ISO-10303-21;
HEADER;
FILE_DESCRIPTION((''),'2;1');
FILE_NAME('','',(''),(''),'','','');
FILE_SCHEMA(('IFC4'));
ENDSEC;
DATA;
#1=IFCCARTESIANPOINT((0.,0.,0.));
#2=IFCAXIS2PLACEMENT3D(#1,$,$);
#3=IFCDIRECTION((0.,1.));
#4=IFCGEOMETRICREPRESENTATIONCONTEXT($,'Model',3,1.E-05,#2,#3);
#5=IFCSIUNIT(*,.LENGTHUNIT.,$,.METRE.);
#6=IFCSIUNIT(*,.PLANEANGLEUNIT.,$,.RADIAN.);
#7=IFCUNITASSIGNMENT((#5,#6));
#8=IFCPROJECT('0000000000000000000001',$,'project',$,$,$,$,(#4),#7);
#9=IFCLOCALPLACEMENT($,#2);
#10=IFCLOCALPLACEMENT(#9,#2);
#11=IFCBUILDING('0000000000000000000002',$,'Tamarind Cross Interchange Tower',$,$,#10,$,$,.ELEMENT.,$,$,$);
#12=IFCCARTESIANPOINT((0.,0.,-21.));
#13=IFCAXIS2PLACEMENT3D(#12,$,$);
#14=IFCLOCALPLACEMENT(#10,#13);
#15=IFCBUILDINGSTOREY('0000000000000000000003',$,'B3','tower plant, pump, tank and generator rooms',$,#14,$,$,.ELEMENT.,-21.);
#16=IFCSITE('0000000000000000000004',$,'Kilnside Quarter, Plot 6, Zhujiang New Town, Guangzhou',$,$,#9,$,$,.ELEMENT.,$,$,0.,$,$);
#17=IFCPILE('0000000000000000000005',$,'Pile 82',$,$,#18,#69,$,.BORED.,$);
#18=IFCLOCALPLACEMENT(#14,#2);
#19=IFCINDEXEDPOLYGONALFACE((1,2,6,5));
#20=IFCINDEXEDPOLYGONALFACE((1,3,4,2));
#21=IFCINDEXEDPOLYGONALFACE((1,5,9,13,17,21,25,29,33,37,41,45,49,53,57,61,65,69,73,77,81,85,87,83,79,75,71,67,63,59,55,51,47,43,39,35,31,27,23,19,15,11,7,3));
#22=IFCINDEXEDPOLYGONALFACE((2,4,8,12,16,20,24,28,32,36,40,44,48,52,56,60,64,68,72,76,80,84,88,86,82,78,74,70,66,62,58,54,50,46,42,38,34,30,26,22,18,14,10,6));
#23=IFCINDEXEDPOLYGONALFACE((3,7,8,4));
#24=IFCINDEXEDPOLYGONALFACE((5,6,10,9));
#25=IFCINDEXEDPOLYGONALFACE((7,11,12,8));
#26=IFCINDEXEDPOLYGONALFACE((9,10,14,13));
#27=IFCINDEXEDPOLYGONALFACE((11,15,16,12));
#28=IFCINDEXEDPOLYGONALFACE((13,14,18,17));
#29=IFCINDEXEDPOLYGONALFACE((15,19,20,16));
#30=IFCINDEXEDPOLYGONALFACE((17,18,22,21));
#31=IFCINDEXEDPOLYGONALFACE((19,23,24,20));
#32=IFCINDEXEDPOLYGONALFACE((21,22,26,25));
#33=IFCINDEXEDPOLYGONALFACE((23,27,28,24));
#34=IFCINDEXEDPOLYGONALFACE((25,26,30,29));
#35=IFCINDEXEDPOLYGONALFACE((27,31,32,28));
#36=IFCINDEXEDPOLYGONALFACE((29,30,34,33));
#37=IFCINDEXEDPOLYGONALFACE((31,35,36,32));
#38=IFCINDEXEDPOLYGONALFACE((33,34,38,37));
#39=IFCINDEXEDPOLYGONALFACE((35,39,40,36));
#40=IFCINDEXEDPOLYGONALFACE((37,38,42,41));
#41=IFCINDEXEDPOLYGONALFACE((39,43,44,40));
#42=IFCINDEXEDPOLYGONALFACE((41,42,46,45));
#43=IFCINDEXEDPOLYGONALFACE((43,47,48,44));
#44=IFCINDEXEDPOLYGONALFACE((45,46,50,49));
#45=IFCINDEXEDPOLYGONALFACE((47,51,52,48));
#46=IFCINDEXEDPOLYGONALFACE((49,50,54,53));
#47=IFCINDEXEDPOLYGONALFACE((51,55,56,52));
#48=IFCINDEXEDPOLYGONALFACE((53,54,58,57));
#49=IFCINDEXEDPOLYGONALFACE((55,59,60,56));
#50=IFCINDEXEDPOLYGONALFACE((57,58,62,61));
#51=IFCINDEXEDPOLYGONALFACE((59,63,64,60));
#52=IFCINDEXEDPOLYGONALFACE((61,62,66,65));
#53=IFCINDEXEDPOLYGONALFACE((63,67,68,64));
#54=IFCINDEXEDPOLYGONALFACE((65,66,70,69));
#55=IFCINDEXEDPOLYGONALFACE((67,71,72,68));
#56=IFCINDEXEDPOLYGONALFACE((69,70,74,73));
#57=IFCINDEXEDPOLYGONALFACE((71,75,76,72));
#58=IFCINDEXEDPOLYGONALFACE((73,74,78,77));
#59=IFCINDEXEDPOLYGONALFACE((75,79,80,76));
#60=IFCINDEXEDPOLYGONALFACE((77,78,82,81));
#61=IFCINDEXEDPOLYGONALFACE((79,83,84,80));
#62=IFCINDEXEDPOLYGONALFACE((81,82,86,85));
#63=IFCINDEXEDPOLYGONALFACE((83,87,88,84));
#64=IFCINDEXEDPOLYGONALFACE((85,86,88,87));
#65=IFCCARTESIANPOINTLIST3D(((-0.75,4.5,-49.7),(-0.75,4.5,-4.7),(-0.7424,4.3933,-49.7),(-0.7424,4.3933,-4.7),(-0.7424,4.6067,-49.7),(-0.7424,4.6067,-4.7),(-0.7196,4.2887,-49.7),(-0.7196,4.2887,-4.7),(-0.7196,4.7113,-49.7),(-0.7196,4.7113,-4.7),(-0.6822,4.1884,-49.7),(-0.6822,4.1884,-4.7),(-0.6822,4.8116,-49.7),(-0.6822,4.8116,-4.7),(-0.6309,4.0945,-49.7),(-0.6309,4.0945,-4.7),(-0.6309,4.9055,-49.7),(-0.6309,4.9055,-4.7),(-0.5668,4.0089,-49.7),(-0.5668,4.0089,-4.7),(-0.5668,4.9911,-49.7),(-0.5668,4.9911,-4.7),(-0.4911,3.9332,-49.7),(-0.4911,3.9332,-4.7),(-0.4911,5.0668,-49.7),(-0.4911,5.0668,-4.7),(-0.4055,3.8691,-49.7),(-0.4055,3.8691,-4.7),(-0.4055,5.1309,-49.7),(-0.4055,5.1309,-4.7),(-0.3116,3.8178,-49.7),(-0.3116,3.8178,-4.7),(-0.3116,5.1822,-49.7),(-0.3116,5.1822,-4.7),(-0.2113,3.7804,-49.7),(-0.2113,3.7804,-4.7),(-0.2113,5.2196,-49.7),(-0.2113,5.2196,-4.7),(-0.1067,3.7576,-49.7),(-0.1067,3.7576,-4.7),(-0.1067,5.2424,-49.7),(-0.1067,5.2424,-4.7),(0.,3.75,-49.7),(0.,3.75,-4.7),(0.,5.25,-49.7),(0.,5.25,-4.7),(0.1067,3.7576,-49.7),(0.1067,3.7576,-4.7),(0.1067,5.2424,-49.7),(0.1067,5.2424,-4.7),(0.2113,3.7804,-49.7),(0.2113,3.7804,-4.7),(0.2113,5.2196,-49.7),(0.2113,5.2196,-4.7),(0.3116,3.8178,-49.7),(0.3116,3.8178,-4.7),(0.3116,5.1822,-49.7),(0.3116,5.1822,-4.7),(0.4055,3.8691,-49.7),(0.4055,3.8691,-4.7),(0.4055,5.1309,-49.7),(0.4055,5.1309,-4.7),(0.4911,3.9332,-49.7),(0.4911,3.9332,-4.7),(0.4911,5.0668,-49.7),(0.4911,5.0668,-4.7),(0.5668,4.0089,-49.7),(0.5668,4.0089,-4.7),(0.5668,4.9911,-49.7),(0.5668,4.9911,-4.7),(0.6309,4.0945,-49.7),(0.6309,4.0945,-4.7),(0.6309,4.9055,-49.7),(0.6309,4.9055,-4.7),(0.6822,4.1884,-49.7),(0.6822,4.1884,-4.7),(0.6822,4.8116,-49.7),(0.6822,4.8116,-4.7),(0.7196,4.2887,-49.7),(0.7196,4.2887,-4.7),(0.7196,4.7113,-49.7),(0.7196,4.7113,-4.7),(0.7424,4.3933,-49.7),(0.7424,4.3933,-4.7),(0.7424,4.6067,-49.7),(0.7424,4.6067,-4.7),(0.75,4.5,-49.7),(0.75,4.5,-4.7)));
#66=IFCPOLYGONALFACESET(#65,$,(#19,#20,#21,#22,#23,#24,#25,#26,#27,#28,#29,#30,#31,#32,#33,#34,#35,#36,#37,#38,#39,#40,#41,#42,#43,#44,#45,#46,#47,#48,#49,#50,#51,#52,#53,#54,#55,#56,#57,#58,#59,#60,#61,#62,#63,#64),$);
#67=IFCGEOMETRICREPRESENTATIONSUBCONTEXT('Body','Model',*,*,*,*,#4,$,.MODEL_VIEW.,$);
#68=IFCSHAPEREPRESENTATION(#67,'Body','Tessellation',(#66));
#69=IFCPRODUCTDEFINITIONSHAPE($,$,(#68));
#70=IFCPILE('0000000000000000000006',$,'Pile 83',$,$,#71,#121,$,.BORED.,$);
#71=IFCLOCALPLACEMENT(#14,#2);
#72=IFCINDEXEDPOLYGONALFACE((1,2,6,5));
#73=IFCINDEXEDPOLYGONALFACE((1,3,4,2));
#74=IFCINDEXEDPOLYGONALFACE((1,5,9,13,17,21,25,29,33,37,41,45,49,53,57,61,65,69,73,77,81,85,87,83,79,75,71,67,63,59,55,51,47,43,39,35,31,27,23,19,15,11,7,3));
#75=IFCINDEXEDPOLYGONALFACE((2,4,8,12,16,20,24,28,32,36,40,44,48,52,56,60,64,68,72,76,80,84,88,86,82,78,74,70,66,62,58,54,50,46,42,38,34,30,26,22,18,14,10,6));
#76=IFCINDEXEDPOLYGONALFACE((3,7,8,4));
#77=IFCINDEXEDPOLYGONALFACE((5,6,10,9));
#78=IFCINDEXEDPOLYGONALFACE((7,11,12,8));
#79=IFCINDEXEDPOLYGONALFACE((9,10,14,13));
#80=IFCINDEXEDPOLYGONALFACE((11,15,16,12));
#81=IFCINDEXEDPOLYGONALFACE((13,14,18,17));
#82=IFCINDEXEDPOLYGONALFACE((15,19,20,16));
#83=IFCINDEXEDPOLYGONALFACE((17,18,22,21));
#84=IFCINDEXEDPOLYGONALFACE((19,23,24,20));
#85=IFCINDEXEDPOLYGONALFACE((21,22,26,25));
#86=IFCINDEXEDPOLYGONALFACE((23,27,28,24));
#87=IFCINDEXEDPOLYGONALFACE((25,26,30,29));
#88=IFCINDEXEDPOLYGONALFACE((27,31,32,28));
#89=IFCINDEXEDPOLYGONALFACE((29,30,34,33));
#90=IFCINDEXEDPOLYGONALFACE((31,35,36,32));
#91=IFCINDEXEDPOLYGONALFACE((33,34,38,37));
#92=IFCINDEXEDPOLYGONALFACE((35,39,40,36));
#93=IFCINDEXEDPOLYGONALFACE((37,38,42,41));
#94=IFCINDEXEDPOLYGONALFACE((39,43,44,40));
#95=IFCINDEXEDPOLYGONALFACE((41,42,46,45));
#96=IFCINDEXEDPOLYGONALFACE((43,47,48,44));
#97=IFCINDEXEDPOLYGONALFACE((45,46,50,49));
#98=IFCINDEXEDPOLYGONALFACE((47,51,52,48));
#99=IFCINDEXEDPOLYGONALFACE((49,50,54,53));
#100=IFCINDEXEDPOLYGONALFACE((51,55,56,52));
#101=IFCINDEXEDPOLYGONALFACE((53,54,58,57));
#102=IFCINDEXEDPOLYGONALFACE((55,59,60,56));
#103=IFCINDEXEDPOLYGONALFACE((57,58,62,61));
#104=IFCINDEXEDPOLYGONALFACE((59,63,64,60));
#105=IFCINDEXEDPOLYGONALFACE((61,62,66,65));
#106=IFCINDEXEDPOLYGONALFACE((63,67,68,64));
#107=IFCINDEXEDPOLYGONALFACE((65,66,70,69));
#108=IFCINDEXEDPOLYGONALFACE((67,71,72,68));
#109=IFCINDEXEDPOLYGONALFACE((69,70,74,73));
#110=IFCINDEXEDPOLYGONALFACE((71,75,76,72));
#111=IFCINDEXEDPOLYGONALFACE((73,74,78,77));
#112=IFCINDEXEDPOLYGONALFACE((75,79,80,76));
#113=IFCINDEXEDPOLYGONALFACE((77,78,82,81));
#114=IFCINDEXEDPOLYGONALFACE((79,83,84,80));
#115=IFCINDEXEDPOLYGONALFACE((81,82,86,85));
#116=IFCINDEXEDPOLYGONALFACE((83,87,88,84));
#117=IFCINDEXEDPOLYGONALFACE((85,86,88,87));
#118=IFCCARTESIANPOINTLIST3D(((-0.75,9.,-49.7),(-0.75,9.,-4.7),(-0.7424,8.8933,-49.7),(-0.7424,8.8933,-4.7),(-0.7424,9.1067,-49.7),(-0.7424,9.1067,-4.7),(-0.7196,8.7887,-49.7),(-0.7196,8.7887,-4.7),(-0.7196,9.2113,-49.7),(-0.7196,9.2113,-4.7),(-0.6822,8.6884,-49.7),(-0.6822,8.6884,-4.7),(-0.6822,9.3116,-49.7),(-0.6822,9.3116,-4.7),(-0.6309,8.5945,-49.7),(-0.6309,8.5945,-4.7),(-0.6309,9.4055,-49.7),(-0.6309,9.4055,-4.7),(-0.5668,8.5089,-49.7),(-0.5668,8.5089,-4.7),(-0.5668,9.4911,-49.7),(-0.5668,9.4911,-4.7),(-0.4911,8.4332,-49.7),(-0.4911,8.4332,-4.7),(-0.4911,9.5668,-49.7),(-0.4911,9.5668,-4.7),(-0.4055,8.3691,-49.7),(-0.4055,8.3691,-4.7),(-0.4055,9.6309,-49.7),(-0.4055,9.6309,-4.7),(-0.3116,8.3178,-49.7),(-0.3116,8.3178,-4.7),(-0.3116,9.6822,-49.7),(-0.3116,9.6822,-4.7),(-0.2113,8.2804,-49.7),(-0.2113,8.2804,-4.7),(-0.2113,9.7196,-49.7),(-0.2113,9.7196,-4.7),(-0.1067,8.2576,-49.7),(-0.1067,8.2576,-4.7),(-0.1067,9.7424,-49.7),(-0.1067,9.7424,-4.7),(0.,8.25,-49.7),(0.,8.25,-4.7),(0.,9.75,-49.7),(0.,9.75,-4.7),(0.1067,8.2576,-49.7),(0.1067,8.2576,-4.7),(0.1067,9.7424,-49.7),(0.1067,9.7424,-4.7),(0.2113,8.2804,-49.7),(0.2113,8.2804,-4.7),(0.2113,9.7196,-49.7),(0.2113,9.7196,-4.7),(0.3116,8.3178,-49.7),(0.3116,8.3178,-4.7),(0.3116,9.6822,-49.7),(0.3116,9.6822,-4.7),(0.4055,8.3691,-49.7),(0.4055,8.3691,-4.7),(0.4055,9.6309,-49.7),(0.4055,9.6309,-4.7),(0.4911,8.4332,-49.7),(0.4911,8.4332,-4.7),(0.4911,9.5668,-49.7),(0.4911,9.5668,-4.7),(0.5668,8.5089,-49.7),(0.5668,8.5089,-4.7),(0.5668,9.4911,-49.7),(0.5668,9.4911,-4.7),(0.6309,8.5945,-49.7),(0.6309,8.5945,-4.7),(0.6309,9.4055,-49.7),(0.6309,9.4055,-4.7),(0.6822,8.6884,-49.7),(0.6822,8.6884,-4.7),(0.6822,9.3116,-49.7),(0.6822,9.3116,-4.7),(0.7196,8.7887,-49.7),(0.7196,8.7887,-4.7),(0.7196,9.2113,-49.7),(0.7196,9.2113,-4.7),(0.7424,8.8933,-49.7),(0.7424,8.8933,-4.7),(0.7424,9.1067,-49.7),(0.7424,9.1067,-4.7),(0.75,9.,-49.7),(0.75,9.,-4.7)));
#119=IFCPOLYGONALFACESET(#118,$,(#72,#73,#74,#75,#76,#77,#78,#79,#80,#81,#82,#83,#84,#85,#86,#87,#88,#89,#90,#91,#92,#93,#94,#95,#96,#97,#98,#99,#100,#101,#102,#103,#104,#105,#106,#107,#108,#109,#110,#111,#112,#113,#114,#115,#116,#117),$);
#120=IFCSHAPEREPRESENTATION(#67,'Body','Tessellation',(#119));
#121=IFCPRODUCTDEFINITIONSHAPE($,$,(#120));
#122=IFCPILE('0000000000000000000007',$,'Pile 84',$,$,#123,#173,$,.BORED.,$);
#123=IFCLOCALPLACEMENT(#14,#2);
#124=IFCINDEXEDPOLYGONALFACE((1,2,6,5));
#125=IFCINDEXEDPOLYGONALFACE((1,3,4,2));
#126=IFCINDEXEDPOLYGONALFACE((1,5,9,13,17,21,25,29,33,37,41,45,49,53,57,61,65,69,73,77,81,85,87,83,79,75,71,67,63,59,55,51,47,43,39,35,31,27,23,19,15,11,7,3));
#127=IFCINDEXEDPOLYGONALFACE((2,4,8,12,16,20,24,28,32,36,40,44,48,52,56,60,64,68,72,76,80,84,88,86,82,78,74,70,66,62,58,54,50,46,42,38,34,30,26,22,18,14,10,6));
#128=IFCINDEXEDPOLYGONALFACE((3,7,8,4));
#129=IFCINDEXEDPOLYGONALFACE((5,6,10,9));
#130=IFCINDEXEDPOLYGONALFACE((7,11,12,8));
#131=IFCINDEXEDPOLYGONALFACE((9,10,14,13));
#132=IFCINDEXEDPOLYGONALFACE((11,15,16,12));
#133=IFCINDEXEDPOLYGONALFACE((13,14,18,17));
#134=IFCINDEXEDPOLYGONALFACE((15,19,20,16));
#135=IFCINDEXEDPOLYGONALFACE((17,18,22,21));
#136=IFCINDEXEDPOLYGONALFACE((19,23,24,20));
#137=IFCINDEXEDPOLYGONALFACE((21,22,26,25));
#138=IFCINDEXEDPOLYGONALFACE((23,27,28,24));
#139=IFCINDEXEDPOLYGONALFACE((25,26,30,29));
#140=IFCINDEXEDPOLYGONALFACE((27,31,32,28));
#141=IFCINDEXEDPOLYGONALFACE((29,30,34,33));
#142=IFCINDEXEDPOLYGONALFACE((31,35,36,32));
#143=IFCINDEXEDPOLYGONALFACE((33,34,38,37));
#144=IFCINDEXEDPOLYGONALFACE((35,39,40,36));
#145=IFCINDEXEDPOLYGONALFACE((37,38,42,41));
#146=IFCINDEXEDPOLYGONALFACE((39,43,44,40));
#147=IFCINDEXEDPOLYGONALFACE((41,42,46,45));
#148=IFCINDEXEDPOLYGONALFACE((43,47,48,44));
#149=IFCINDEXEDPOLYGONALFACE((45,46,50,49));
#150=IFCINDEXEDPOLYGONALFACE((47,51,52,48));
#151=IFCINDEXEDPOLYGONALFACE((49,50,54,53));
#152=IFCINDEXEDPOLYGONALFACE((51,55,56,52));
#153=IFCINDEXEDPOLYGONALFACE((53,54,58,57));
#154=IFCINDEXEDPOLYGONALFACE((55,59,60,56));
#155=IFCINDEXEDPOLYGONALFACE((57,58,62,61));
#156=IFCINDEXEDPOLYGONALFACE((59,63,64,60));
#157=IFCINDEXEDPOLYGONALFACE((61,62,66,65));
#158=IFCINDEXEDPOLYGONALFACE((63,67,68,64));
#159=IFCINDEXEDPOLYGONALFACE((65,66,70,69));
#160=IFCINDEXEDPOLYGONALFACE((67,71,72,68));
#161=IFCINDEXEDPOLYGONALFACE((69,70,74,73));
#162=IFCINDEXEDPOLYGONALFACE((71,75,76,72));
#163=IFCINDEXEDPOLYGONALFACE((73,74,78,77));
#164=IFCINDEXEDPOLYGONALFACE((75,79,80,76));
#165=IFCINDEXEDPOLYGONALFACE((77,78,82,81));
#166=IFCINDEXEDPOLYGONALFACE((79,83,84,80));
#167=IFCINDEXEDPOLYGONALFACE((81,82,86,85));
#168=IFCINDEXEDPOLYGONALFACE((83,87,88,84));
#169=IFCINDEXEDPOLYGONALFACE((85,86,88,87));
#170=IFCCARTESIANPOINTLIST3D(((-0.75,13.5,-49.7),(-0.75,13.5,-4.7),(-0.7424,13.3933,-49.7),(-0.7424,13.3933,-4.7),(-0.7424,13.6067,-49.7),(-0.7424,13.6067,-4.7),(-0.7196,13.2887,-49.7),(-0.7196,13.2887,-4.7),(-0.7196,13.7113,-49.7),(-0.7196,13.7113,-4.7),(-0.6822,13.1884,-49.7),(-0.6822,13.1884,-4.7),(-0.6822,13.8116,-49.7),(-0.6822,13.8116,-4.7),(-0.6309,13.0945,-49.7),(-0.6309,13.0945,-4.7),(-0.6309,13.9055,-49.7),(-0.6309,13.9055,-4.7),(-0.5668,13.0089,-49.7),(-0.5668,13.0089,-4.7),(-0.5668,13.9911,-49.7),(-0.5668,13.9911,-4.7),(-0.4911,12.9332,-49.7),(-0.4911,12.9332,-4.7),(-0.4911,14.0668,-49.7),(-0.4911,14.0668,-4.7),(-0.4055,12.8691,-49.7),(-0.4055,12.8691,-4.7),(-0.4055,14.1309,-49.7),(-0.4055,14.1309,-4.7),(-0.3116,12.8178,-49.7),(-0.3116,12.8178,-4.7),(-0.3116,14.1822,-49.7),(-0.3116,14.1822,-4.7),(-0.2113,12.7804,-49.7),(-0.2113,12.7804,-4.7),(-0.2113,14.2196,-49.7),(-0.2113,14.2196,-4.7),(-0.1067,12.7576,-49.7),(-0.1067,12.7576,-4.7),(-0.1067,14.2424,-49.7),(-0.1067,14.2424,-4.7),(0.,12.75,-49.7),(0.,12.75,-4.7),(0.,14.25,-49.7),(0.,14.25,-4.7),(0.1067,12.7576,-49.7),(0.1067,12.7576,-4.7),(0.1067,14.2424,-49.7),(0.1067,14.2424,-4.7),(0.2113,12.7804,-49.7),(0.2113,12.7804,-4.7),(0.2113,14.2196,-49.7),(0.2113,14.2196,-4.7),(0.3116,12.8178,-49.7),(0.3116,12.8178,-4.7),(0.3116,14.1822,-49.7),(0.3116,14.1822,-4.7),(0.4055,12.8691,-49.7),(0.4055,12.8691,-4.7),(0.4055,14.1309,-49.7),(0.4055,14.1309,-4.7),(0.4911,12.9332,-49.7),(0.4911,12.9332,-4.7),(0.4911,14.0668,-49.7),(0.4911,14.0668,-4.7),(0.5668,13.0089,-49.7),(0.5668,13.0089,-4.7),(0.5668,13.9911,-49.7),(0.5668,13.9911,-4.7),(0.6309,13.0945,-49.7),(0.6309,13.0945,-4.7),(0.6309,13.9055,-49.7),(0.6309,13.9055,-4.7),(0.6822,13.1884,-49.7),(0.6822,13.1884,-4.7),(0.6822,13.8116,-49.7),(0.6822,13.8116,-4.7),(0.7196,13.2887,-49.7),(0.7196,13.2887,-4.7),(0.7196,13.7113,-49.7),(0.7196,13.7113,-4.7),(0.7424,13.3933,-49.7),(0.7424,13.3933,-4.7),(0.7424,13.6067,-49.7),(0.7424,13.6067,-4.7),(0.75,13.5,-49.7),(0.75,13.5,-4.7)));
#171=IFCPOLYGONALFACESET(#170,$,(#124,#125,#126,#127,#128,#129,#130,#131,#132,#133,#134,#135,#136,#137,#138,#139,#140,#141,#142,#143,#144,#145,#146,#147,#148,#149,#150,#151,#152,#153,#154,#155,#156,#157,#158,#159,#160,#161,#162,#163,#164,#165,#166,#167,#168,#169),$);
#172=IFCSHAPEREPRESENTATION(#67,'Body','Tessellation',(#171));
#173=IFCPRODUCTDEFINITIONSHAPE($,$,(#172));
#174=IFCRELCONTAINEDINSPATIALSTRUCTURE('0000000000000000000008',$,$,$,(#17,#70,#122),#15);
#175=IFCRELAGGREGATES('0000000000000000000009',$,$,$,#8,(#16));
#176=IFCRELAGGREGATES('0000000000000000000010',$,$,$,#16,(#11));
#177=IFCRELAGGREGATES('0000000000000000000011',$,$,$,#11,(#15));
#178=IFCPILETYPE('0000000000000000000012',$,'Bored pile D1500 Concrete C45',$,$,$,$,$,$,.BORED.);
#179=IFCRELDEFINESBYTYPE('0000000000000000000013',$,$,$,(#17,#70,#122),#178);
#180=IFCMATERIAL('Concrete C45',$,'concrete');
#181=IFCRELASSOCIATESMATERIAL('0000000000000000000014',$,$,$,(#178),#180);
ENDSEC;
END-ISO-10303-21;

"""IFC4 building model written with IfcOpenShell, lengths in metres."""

from ifc_helpers import new_model, si_unit, direction, frame, origin, origin_2d, place, context, subcontext, project, spatial, circle, extrude, material, material_profile, profile_set, type_object, element, save


model = new_model("IFC4")

# Units and contexts
model_context = context("Model", 3, precision=1e-05, world=origin(), true_north=direction((0.0, 1.0)))
body_context = subcontext(model_context, "Body", "Model", "MODEL_VIEW")
ifc_project = project(units=[si_unit("LENGTHUNIT", "METRE"), si_unit("PLANEANGLEUNIT", "RADIAN")], contexts=[model_context])

# Site, building, storey
site_placement = place(None, origin())
site = spatial("IfcSite", under=ifc_project, at=site_placement, Name="Kilnside Quarter, Plot 6, Zhujiang New Town, Guangzhou", CompositionType="ELEMENT", RefElevation=0.0)
building_placement = place(site_placement, origin())
building = spatial("IfcBuilding", under=site, at=building_placement, Name="Tamarind Cross Interchange Tower", CompositionType="ELEMENT")
storey_placement = place(building_placement, frame((0.0, 0.0, -21.0)))
storey = spatial("IfcBuildingStorey", under=building, at=storey_placement, Name="B3", Description="tower plant, pump, tank and generator rooms", CompositionType="ELEMENT", Elevation=-21.0)

# Piles
ifc_material_1 = material(Name="Concrete C45", Category="concrete")
ifc_material_profile = material_profile(ifc_material_1, circle(Radius=0.75, at=origin_2d()), Name="RC D1500")
ifc_profile_set = profile_set([ifc_material_profile], Name="Concrete C45")
pile_type = type_object("IfcPileType", Name="Bored pile D1500 Concrete C45", PredefinedType="BORED", material=ifc_profile_set)
for number, where, z_axis, x_axis, name in (
    (1, (0.0, 4.5, -4.7), (0.0, 0.0, -1.0), (1.0, 0.0, 0.0), "Pile 82"),
    (2, (0.0, 9.0, -4.7), (0.0, 0.0, -1.0), (1.0, 0.0, 0.0), "Pile 83"),
    (3, (0.0, 13.5, -4.7), (0.0, 0.0, -1.0), (1.0, 0.0, 0.0), "Pile 84"),
):
    element("IfcPile", number, at=place(storey_placement, frame(where, z_axis=z_axis, x_axis=x_axis)), inside=storey, type_object=pile_type, Name=name, PredefinedType="BORED", context=body_context, shape_type="SweptSolid", body=[
        extrude(circle(Radius=0.75, at=origin_2d()), origin(), (0.0, 0.0, 1.0), 45.0),
    ])

save(model, "model.ifc")
